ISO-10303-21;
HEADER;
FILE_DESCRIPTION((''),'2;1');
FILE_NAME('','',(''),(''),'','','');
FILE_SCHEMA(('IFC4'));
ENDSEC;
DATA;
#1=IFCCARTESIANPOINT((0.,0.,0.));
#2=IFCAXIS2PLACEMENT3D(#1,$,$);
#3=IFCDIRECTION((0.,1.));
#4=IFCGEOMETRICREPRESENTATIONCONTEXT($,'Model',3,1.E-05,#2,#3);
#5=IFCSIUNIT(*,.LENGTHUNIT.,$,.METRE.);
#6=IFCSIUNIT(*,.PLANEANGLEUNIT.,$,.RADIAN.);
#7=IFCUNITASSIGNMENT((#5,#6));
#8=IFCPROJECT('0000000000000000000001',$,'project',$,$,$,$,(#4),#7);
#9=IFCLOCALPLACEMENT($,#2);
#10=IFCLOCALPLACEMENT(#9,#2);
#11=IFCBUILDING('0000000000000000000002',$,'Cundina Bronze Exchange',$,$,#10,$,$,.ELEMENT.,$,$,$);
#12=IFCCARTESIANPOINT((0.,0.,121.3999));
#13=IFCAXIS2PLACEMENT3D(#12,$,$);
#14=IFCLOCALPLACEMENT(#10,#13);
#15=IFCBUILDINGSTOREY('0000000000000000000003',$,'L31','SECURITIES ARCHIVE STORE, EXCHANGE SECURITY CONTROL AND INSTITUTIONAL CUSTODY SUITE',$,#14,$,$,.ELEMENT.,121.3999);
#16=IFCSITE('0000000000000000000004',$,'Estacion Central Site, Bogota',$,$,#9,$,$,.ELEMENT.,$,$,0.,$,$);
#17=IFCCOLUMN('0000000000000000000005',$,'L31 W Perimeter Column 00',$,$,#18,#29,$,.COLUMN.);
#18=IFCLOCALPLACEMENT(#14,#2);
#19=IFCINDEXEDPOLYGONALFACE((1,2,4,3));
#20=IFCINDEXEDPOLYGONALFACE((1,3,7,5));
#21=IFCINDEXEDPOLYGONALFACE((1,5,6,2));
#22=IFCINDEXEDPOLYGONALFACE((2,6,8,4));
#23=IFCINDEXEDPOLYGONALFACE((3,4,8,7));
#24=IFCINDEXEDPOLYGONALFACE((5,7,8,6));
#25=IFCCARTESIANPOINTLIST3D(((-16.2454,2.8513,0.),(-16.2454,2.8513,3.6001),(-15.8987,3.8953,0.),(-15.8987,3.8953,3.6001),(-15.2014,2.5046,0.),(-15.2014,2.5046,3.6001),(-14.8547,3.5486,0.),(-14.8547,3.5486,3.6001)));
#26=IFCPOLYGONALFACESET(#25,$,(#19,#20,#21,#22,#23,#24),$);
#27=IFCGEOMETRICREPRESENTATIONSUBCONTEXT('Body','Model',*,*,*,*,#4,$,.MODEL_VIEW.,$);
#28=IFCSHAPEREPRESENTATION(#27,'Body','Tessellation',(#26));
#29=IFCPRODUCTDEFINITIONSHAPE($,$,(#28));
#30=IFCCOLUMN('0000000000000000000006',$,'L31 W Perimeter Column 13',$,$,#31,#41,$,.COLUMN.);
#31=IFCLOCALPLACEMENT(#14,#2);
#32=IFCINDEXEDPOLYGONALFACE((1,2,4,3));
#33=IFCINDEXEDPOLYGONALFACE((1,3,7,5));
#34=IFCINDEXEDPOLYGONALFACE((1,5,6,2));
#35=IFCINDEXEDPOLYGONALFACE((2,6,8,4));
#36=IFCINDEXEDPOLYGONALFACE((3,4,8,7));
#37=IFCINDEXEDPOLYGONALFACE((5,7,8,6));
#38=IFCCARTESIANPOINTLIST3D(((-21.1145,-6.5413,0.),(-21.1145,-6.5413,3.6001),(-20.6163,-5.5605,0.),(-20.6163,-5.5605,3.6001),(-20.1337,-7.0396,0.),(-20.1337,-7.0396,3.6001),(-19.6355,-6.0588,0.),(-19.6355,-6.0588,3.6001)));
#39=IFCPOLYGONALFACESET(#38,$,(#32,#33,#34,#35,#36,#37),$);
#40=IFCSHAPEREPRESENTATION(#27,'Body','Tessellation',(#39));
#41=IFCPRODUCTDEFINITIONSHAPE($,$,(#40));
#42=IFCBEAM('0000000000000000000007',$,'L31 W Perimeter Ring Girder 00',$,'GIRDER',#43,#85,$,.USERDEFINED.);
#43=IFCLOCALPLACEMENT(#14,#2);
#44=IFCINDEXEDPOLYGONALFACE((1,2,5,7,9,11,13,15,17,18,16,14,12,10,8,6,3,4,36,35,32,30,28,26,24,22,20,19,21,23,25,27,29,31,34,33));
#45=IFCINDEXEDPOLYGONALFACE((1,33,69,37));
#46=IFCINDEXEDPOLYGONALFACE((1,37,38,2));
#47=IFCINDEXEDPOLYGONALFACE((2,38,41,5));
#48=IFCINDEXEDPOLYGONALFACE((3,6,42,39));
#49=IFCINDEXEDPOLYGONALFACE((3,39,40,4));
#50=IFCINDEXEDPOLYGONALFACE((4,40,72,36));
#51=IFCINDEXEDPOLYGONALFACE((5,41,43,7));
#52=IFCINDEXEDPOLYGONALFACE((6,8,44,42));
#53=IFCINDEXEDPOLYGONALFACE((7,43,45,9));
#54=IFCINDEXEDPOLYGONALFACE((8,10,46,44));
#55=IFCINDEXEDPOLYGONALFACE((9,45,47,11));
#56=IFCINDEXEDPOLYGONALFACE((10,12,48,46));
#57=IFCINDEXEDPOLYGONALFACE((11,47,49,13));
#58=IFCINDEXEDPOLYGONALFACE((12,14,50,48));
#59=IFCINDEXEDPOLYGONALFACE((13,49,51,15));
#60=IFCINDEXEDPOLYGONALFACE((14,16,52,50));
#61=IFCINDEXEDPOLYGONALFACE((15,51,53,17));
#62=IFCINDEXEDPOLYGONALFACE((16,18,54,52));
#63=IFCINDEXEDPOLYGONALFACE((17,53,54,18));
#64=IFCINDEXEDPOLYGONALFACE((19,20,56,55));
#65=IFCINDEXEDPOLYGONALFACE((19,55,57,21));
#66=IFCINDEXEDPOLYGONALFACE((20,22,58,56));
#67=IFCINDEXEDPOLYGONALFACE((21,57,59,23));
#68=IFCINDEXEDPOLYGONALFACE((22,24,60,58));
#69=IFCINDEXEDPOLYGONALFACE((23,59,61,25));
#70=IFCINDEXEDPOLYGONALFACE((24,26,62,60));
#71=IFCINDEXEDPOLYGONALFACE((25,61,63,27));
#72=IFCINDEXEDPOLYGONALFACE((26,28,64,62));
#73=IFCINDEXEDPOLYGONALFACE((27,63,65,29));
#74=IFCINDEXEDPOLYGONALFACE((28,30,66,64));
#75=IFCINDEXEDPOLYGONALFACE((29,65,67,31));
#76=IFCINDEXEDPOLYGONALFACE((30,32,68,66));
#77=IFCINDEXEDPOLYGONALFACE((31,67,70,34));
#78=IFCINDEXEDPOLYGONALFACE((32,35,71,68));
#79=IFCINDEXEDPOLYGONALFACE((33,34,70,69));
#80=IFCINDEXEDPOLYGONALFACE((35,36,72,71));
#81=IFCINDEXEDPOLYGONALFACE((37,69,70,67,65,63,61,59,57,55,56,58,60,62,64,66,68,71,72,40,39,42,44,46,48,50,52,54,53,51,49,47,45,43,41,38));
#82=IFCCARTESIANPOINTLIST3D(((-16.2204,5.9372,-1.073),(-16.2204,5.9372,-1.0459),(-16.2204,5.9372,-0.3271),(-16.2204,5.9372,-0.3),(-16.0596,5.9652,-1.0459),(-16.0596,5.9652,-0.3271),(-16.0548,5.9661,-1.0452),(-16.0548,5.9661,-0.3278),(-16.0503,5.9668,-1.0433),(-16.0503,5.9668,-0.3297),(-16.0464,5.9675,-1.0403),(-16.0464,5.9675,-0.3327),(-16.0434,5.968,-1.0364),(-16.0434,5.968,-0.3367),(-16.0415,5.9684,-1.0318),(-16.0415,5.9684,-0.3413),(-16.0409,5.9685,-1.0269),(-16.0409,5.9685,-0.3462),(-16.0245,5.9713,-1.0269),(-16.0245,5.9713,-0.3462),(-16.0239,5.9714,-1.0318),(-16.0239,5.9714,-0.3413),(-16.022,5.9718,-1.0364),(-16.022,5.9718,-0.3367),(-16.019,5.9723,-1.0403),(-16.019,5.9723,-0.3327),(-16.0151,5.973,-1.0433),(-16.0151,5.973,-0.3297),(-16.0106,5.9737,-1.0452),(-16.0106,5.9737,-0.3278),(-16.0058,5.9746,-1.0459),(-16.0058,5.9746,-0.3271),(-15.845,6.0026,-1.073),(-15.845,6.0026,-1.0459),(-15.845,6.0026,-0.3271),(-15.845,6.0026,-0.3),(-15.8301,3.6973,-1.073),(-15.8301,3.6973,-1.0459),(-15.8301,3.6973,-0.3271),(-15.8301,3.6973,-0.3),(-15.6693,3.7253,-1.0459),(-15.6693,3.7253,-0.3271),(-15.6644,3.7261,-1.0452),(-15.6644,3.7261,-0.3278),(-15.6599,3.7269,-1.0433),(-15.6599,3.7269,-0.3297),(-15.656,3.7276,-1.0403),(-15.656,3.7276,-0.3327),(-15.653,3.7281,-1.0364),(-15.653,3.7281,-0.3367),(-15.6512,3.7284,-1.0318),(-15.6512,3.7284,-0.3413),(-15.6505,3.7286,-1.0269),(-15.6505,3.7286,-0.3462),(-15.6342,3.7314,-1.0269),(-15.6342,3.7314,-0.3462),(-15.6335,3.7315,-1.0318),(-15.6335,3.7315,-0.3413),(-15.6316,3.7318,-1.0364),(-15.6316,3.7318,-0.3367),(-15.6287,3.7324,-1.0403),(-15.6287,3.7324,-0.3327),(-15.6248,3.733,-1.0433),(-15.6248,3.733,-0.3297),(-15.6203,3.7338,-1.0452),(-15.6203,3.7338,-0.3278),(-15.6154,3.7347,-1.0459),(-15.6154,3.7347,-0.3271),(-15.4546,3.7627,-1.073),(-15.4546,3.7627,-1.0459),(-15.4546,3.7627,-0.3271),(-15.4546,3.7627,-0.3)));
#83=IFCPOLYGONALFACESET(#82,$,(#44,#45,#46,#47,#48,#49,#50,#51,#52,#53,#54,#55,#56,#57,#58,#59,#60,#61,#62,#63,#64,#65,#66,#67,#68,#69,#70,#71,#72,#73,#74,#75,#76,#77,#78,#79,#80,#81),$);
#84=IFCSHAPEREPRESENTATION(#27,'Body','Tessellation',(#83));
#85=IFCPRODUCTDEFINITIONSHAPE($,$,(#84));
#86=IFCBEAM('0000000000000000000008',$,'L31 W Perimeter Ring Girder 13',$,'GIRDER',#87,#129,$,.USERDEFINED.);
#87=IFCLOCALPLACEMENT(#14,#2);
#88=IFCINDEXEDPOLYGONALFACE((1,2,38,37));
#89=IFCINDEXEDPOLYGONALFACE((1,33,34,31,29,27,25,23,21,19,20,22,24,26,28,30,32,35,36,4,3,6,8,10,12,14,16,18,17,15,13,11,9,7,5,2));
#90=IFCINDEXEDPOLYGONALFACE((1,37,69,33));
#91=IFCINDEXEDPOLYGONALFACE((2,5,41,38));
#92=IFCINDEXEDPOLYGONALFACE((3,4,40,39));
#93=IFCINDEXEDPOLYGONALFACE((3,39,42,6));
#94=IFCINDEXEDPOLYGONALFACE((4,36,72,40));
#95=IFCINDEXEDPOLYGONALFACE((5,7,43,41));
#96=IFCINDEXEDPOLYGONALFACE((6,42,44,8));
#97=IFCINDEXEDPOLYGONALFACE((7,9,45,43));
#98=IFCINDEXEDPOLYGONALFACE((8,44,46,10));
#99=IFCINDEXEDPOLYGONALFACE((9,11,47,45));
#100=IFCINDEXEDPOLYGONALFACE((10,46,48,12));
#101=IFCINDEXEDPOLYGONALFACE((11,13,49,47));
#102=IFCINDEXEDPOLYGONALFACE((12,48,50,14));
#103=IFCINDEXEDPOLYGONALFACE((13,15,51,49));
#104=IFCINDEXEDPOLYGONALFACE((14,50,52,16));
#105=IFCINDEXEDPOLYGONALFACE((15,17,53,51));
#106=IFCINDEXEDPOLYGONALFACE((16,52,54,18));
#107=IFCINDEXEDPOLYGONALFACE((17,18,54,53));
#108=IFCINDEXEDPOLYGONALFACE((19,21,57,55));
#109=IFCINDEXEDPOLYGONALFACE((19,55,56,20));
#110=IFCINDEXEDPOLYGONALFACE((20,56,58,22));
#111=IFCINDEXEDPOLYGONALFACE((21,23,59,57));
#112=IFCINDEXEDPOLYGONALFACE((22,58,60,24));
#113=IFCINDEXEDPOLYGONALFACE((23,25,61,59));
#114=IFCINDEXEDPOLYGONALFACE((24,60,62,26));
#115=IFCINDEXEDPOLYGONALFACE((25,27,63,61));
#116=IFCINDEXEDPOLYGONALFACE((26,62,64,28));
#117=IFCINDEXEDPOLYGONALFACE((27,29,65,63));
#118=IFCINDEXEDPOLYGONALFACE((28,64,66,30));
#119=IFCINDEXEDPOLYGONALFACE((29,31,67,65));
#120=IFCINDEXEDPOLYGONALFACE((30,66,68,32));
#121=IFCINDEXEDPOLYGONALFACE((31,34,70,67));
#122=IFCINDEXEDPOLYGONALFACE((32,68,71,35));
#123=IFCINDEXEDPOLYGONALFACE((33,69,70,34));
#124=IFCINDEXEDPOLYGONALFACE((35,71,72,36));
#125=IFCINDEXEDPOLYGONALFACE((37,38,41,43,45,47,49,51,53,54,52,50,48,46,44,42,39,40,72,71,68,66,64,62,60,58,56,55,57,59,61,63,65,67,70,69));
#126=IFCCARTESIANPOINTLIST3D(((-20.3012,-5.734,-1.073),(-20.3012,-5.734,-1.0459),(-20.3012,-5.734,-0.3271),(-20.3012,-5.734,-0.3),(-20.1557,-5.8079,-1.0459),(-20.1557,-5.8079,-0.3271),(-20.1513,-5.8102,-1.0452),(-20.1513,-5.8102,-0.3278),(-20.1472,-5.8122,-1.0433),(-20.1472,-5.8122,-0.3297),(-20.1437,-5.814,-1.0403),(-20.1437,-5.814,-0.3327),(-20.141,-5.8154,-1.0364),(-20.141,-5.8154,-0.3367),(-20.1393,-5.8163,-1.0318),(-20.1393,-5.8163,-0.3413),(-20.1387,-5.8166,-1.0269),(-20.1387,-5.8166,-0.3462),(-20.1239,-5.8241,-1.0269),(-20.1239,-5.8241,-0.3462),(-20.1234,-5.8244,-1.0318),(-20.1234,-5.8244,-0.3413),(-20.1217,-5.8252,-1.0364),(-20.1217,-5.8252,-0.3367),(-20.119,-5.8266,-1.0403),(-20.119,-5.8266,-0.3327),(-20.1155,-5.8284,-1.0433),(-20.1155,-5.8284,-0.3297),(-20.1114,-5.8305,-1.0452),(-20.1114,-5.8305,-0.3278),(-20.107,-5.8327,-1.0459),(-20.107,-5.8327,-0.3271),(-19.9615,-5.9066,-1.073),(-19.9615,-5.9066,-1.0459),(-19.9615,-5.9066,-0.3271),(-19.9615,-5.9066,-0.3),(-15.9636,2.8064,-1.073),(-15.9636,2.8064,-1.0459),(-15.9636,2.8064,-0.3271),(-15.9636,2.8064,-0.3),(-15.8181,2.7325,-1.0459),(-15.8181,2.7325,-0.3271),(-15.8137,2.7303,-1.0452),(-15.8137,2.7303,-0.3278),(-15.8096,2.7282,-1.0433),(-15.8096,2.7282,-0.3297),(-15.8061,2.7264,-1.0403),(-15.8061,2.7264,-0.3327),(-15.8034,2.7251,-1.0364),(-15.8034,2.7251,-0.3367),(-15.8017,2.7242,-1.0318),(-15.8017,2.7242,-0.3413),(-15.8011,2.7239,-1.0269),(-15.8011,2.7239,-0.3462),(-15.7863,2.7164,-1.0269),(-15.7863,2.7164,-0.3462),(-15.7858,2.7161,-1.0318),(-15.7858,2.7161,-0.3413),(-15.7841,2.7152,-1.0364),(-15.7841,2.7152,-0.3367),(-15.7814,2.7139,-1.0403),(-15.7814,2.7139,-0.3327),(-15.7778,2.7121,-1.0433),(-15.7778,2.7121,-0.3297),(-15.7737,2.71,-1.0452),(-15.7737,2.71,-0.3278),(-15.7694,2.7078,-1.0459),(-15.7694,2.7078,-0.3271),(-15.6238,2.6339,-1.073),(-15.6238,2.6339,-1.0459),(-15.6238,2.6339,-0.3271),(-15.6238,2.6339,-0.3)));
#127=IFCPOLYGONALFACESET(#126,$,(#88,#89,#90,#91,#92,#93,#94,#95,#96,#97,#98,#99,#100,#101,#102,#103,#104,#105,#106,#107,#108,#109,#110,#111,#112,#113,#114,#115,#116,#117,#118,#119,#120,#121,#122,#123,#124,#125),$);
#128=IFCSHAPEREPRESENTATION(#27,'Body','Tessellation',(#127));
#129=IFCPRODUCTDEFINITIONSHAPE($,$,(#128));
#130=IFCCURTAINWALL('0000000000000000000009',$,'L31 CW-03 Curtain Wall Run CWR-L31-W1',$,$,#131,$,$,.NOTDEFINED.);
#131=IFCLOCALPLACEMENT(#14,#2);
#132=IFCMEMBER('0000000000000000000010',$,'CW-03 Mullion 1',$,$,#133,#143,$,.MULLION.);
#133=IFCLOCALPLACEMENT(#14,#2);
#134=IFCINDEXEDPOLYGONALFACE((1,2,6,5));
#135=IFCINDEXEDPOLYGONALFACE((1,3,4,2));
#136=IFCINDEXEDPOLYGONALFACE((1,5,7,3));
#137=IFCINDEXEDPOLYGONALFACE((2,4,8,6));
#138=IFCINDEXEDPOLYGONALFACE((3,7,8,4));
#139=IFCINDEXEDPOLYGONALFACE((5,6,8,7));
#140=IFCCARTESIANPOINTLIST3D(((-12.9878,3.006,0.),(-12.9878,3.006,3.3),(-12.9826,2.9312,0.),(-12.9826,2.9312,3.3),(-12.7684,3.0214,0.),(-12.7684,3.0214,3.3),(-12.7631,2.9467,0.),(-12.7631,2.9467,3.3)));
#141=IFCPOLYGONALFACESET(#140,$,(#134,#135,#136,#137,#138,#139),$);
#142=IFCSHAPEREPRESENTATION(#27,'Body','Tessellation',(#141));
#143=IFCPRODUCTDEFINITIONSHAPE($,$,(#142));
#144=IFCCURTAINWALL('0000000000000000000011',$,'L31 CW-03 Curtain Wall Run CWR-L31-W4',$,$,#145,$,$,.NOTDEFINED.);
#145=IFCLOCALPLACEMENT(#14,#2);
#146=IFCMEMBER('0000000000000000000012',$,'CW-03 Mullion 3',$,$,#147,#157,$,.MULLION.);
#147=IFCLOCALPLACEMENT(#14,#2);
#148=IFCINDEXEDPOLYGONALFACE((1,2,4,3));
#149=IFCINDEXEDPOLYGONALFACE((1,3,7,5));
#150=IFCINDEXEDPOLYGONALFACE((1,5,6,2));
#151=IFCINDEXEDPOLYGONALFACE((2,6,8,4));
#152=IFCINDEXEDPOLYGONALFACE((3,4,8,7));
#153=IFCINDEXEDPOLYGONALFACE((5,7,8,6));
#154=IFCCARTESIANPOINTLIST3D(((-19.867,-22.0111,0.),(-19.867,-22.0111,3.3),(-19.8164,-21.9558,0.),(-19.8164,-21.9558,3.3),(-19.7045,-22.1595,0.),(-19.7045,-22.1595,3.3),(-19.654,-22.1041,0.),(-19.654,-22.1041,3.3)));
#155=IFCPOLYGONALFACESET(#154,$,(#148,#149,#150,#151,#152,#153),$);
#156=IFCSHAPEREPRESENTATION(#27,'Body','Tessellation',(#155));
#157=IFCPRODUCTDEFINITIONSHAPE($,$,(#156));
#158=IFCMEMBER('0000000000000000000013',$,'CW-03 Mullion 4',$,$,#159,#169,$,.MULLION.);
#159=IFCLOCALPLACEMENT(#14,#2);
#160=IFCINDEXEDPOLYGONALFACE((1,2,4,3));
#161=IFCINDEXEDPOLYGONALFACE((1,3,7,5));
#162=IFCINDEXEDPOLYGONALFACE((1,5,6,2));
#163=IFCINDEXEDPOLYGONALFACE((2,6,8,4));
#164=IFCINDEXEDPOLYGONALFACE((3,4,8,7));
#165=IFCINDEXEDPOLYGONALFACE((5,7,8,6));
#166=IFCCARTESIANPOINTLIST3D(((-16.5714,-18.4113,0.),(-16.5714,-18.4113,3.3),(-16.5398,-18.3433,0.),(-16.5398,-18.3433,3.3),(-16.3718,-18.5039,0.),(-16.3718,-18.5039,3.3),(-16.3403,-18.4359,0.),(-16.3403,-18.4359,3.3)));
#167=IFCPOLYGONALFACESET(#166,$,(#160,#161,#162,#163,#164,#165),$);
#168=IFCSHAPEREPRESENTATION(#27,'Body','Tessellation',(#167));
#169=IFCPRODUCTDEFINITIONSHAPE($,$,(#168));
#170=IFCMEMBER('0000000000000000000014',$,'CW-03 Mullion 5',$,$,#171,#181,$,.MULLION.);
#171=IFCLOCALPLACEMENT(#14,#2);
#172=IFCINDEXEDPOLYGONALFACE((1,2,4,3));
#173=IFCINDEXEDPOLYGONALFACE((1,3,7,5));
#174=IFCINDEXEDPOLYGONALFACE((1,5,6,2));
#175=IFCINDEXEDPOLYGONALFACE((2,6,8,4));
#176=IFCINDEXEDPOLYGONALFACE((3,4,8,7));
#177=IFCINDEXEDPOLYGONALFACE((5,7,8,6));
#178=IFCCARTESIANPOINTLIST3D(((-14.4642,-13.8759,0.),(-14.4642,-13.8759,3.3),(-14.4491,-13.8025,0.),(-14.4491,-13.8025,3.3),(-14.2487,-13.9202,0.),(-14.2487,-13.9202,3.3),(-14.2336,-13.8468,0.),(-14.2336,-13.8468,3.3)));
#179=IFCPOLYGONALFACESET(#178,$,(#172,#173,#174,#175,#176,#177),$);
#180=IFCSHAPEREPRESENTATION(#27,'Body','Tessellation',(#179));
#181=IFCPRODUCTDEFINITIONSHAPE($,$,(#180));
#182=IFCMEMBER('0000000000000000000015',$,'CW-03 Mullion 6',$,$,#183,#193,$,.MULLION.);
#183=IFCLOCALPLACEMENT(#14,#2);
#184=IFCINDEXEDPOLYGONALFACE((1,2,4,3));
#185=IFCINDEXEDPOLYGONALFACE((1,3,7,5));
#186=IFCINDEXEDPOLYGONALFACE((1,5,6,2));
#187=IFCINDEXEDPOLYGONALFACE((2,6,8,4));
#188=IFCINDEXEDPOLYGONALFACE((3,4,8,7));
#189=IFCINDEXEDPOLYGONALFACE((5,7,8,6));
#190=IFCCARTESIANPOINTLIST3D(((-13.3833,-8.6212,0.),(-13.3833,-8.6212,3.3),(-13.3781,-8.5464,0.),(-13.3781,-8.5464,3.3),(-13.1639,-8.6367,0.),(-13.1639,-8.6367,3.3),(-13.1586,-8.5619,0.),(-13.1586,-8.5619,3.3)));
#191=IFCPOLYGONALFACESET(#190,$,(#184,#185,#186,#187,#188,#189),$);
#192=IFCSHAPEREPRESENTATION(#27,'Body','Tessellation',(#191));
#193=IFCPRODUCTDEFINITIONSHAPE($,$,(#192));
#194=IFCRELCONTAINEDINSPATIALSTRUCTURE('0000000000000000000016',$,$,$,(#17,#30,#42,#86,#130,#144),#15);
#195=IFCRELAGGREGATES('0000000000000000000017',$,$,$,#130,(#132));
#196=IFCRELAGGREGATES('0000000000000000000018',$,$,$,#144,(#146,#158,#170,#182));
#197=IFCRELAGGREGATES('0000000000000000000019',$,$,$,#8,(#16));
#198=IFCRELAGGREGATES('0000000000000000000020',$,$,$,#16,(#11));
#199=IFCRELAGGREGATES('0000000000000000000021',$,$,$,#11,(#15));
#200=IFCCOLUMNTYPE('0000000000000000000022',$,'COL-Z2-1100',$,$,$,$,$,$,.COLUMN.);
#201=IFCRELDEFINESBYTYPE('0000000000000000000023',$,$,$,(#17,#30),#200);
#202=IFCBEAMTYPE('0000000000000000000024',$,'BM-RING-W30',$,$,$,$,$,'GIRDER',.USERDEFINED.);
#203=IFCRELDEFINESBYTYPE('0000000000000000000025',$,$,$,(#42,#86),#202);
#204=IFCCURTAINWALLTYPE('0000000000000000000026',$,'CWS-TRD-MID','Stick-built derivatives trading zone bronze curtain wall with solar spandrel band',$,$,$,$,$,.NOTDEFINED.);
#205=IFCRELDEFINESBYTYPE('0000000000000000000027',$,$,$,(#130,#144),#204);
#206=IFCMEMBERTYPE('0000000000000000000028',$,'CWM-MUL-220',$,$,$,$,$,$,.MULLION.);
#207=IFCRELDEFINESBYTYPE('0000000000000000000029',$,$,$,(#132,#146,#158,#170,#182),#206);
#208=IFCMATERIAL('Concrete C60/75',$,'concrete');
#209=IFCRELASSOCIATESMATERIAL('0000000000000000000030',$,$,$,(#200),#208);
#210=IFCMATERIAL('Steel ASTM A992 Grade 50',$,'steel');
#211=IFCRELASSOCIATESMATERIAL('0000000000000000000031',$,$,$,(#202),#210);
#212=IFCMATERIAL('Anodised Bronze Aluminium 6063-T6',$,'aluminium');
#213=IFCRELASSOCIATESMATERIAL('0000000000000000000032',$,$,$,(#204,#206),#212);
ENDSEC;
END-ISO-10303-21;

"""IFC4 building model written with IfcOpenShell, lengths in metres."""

from ifc_helpers import new_model, si_unit, direction, frame, origin, origin_2d, place, context, subcontext, project, spatial, rectangle, i_section, extrude, material, material_profile, profile_set, type_object, element, aggregate, save


model = new_model("IFC4")

# Units and contexts
model_context = context("Model", 3, precision=1e-05, world=origin(), true_north=direction((0.0, 1.0)))
body_context = subcontext(model_context, "Body", "Model", "MODEL_VIEW")
ifc_project = project(units=[si_unit("LENGTHUNIT", "METRE"), si_unit("PLANEANGLEUNIT", "RADIAN")], contexts=[model_context])

# Site, building, storey
site_placement = place(None, origin())
site = spatial("IfcSite", under=ifc_project, at=site_placement, Name="Estacion Central Site, Bogota", CompositionType="ELEMENT", RefElevation=0.0)
building_placement = place(site_placement, origin())
building = spatial("IfcBuilding", under=site, at=building_placement, Name="Cundina Bronze Exchange", CompositionType="ELEMENT")
storey_placement = place(building_placement, frame((0.0, 0.0, 121.3999)))
storey = spatial("IfcBuildingStorey", under=building, at=storey_placement, Name="L31", Description="SECURITIES ARCHIVE STORE, EXCHANGE SECURITY CONTROL AND INSTITUTIONAL CUSTODY SUITE", CompositionType="ELEMENT", Elevation=121.3999)

# Columns
ifc_material_1 = material(Name="Concrete C60/75", Category="concrete")
ifc_material_profile_1 = material_profile(ifc_material_1, rectangle(XDim=1.1001, YDim=1.1001, at=origin_2d()), Name="RC1100X1100", Category="concrete")
ifc_profile_set_1 = profile_set([ifc_material_profile_1], Name="Concrete C60/75")
column_type = type_object("IfcColumnType", Name="COL-Z2-1100", PredefinedType="COLUMN", material=ifc_profile_set_1)
for number, where, z_axis, x_axis, name in (
    (1, (-15.55, 3.2, 0.0), (0.0, 0.0, 1.0), (0.315152, 0.949041, 0.0), "L31 W Perimeter Column 00"),
    (2, (-20.375, -6.3, 0.0), (0.0, 0.0, 1.0), (0.452902, 0.891561, 0.0), "L31 W Perimeter Column 13"),
):
    element("IfcColumn", number, at=place(storey_placement, frame(where, z_axis=z_axis, x_axis=x_axis)), inside=storey, type_object=column_type, Name=name, PredefinedType="COLUMN", context=body_context, shape_type="SweptSolid", body=[
        extrude(rectangle(XDim=1.1001, YDim=1.1001, at=origin_2d()), origin(), (0.0, 0.0, 1.0), 3.6001),
    ])

# Beams
ifc_material_2 = material(Name="Steel ASTM A992 Grade 50", Category="steel")
ifc_material_profile_2 = material_profile(ifc_material_2, i_section(OverallWidth=0.3811, OverallDepth=0.7729, WebThickness=0.0166, FlangeThickness=0.0271, FilletRadius=0.019, at=origin_2d()), Name="W30X173", Category="steel")
ifc_profile_set_2 = profile_set([ifc_material_profile_2], Name="Steel ASTM A992 Grade 50")
beam_type = type_object("IfcBeamType", Name="BM-RING-W30", ElementType="GIRDER", PredefinedType="USERDEFINED", material=ifc_profile_set_2)
beam_1_placement = place(storey_placement, frame((-15.6423, 3.73, -0.6865), z_axis=(-0.17169, 0.985151, 0.0), x_axis=(-0.985151, -0.17169, 0.0)))
element("IfcBeam", 3, at=beam_1_placement, inside=storey, type_object=beam_type, Name="L31 W Perimeter Ring Girder 00", ObjectType="GIRDER", PredefinedType="USERDEFINED", context=body_context, shape_type="SweptSolid", body=[
    extrude(i_section(OverallWidth=0.3811, OverallDepth=0.7729, WebThickness=0.0166, FlangeThickness=0.0271, FilletRadius=0.019, at=origin_2d()), origin(), (0.0, 0.0, 1.0), 2.2737),
])
beam_2_placement = place(storey_placement, frame((-20.1313, -5.8203, -0.6865), z_axis=(0.452832, 0.891596, 0.0), x_axis=(-0.891596, 0.452832, 0.0)))
element("IfcBeam", 4, at=beam_2_placement, inside=storey, type_object=beam_type, Name="L31 W Perimeter Ring Girder 13", ObjectType="GIRDER", PredefinedType="USERDEFINED", context=body_context, shape_type="SweptSolid", body=[
    extrude(i_section(OverallWidth=0.3811, OverallDepth=0.7729, WebThickness=0.0166, FlangeThickness=0.0271, FilletRadius=0.019, at=origin_2d()), origin(), (0.0, 0.0, 1.0), 9.5789),
])

# Curtain wall, member
ifc_material_3 = material(Name="Anodised Bronze Aluminium 6063-T6", Category="aluminium")
curtain_wall_type = type_object("IfcCurtainWallType", Name="CWS-TRD-MID", Description="Stick-built derivatives trading zone bronze curtain wall with solar spandrel band", PredefinedType="NOTDEFINED", material=ifc_material_3)
curtain_wall_1_placement = place(storey_placement, origin())
curtain_wall_1 = element("IfcCurtainWall", 5, at=curtain_wall_1_placement, inside=storey, type_object=curtain_wall_type, Name="L31 CW-03 Curtain Wall Run CWR-L31-W1", PredefinedType="NOTDEFINED")
ifc_material_profile_3 = material_profile(ifc_material_3, rectangle(XDim=0.075, YDim=0.22, at=origin_2d()), Name="AL75X220", Category="aluminium")
ifc_profile_set_3 = profile_set([ifc_material_profile_3], Name="Anodised Bronze Aluminium 6063-T6")
member_type_1 = type_object("IfcMemberType", Name="CWM-MUL-220", PredefinedType="MULLION", material=ifc_profile_set_3)
member_1_placement = place(storey_placement, frame((-12.8755, 2.9763, 0.0), z_axis=(0.0, 0.0, 1.0), x_axis=(-0.070279, 0.997527, 0.0)))
member_1 = element("IfcMember", 6, at=member_1_placement, type_object=member_type_1, Name="CW-03 Mullion 1", PredefinedType="MULLION", context=body_context, shape_type="SweptSolid", body=[
    extrude(rectangle(XDim=0.075, YDim=0.22, at=origin_2d()), origin(), (0.0, 0.0, 1.0), 3.3),
])

# Curtain wall, members
curtain_wall_2_placement = place(storey_placement, origin())
curtain_wall_2 = element("IfcCurtainWall", 7, at=curtain_wall_2_placement, inside=storey, type_object=curtain_wall_type, Name="L31 CW-03 Curtain Wall Run CWR-L31-W4", PredefinedType="NOTDEFINED")
member_2_placement = place(storey_placement, frame((-19.7605, -22.0576, 0.0), z_axis=(0.0, 0.0, 1.0), x_axis=(0.674302, 0.738455, 0.0)))
member_2 = element("IfcMember", 8, at=member_2_placement, type_object=member_type_1, Name="CW-03 Mullion 3", PredefinedType="MULLION", context=body_context, shape_type="SweptSolid", body=[
    extrude(rectangle(XDim=0.075, YDim=0.22, at=origin_2d()), origin(), (0.0, 0.0, 1.0), 3.3),
])
member_3_placement = place(storey_placement, frame((-16.4558, -18.4236, 0.0), z_axis=(0.0, 0.0, 1.0), x_axis=(0.420877, 0.907117, 0.0)))
member_3 = element("IfcMember", 9, at=member_3_placement, type_object=member_type_1, Name="CW-03 Mullion 4", PredefinedType="MULLION", context=body_context, shape_type="SweptSolid", body=[
    extrude(rectangle(XDim=0.075, YDim=0.22, at=origin_2d()), origin(), (0.0, 0.0, 1.0), 3.3),
])
member_4_placement = place(storey_placement, frame((-14.3489, -13.8613, 0.0), z_axis=(0.0, 0.0, 1.0), x_axis=(0.20142, 0.979505, 0.0)))
member_4 = element("IfcMember", 10, at=member_4_placement, type_object=member_type_1, Name="CW-03 Mullion 5", PredefinedType="MULLION", context=body_context, shape_type="SweptSolid", body=[
    extrude(rectangle(XDim=0.075, YDim=0.22, at=origin_2d()), origin(), (0.0, 0.0, 1.0), 3.3),
])
member_5_placement = place(storey_placement, frame((-13.271, -8.5916, 0.0), z_axis=(0.0, 0.0, 1.0), x_axis=(0.070279, 0.997527, 0.0)))
member_5 = element("IfcMember", 11, at=member_5_placement, type_object=member_type_1, Name="CW-03 Mullion 6", PredefinedType="MULLION", context=body_context, shape_type="SweptSolid", body=[
    extrude(rectangle(XDim=0.075, YDim=0.22, at=origin_2d()), origin(), (0.0, 0.0, 1.0), 3.3),
])

aggregate(curtain_wall_1, [member_1])

aggregate(curtain_wall_2, [member_2, member_3, member_4, member_5])

save(model, "model.ifc")
